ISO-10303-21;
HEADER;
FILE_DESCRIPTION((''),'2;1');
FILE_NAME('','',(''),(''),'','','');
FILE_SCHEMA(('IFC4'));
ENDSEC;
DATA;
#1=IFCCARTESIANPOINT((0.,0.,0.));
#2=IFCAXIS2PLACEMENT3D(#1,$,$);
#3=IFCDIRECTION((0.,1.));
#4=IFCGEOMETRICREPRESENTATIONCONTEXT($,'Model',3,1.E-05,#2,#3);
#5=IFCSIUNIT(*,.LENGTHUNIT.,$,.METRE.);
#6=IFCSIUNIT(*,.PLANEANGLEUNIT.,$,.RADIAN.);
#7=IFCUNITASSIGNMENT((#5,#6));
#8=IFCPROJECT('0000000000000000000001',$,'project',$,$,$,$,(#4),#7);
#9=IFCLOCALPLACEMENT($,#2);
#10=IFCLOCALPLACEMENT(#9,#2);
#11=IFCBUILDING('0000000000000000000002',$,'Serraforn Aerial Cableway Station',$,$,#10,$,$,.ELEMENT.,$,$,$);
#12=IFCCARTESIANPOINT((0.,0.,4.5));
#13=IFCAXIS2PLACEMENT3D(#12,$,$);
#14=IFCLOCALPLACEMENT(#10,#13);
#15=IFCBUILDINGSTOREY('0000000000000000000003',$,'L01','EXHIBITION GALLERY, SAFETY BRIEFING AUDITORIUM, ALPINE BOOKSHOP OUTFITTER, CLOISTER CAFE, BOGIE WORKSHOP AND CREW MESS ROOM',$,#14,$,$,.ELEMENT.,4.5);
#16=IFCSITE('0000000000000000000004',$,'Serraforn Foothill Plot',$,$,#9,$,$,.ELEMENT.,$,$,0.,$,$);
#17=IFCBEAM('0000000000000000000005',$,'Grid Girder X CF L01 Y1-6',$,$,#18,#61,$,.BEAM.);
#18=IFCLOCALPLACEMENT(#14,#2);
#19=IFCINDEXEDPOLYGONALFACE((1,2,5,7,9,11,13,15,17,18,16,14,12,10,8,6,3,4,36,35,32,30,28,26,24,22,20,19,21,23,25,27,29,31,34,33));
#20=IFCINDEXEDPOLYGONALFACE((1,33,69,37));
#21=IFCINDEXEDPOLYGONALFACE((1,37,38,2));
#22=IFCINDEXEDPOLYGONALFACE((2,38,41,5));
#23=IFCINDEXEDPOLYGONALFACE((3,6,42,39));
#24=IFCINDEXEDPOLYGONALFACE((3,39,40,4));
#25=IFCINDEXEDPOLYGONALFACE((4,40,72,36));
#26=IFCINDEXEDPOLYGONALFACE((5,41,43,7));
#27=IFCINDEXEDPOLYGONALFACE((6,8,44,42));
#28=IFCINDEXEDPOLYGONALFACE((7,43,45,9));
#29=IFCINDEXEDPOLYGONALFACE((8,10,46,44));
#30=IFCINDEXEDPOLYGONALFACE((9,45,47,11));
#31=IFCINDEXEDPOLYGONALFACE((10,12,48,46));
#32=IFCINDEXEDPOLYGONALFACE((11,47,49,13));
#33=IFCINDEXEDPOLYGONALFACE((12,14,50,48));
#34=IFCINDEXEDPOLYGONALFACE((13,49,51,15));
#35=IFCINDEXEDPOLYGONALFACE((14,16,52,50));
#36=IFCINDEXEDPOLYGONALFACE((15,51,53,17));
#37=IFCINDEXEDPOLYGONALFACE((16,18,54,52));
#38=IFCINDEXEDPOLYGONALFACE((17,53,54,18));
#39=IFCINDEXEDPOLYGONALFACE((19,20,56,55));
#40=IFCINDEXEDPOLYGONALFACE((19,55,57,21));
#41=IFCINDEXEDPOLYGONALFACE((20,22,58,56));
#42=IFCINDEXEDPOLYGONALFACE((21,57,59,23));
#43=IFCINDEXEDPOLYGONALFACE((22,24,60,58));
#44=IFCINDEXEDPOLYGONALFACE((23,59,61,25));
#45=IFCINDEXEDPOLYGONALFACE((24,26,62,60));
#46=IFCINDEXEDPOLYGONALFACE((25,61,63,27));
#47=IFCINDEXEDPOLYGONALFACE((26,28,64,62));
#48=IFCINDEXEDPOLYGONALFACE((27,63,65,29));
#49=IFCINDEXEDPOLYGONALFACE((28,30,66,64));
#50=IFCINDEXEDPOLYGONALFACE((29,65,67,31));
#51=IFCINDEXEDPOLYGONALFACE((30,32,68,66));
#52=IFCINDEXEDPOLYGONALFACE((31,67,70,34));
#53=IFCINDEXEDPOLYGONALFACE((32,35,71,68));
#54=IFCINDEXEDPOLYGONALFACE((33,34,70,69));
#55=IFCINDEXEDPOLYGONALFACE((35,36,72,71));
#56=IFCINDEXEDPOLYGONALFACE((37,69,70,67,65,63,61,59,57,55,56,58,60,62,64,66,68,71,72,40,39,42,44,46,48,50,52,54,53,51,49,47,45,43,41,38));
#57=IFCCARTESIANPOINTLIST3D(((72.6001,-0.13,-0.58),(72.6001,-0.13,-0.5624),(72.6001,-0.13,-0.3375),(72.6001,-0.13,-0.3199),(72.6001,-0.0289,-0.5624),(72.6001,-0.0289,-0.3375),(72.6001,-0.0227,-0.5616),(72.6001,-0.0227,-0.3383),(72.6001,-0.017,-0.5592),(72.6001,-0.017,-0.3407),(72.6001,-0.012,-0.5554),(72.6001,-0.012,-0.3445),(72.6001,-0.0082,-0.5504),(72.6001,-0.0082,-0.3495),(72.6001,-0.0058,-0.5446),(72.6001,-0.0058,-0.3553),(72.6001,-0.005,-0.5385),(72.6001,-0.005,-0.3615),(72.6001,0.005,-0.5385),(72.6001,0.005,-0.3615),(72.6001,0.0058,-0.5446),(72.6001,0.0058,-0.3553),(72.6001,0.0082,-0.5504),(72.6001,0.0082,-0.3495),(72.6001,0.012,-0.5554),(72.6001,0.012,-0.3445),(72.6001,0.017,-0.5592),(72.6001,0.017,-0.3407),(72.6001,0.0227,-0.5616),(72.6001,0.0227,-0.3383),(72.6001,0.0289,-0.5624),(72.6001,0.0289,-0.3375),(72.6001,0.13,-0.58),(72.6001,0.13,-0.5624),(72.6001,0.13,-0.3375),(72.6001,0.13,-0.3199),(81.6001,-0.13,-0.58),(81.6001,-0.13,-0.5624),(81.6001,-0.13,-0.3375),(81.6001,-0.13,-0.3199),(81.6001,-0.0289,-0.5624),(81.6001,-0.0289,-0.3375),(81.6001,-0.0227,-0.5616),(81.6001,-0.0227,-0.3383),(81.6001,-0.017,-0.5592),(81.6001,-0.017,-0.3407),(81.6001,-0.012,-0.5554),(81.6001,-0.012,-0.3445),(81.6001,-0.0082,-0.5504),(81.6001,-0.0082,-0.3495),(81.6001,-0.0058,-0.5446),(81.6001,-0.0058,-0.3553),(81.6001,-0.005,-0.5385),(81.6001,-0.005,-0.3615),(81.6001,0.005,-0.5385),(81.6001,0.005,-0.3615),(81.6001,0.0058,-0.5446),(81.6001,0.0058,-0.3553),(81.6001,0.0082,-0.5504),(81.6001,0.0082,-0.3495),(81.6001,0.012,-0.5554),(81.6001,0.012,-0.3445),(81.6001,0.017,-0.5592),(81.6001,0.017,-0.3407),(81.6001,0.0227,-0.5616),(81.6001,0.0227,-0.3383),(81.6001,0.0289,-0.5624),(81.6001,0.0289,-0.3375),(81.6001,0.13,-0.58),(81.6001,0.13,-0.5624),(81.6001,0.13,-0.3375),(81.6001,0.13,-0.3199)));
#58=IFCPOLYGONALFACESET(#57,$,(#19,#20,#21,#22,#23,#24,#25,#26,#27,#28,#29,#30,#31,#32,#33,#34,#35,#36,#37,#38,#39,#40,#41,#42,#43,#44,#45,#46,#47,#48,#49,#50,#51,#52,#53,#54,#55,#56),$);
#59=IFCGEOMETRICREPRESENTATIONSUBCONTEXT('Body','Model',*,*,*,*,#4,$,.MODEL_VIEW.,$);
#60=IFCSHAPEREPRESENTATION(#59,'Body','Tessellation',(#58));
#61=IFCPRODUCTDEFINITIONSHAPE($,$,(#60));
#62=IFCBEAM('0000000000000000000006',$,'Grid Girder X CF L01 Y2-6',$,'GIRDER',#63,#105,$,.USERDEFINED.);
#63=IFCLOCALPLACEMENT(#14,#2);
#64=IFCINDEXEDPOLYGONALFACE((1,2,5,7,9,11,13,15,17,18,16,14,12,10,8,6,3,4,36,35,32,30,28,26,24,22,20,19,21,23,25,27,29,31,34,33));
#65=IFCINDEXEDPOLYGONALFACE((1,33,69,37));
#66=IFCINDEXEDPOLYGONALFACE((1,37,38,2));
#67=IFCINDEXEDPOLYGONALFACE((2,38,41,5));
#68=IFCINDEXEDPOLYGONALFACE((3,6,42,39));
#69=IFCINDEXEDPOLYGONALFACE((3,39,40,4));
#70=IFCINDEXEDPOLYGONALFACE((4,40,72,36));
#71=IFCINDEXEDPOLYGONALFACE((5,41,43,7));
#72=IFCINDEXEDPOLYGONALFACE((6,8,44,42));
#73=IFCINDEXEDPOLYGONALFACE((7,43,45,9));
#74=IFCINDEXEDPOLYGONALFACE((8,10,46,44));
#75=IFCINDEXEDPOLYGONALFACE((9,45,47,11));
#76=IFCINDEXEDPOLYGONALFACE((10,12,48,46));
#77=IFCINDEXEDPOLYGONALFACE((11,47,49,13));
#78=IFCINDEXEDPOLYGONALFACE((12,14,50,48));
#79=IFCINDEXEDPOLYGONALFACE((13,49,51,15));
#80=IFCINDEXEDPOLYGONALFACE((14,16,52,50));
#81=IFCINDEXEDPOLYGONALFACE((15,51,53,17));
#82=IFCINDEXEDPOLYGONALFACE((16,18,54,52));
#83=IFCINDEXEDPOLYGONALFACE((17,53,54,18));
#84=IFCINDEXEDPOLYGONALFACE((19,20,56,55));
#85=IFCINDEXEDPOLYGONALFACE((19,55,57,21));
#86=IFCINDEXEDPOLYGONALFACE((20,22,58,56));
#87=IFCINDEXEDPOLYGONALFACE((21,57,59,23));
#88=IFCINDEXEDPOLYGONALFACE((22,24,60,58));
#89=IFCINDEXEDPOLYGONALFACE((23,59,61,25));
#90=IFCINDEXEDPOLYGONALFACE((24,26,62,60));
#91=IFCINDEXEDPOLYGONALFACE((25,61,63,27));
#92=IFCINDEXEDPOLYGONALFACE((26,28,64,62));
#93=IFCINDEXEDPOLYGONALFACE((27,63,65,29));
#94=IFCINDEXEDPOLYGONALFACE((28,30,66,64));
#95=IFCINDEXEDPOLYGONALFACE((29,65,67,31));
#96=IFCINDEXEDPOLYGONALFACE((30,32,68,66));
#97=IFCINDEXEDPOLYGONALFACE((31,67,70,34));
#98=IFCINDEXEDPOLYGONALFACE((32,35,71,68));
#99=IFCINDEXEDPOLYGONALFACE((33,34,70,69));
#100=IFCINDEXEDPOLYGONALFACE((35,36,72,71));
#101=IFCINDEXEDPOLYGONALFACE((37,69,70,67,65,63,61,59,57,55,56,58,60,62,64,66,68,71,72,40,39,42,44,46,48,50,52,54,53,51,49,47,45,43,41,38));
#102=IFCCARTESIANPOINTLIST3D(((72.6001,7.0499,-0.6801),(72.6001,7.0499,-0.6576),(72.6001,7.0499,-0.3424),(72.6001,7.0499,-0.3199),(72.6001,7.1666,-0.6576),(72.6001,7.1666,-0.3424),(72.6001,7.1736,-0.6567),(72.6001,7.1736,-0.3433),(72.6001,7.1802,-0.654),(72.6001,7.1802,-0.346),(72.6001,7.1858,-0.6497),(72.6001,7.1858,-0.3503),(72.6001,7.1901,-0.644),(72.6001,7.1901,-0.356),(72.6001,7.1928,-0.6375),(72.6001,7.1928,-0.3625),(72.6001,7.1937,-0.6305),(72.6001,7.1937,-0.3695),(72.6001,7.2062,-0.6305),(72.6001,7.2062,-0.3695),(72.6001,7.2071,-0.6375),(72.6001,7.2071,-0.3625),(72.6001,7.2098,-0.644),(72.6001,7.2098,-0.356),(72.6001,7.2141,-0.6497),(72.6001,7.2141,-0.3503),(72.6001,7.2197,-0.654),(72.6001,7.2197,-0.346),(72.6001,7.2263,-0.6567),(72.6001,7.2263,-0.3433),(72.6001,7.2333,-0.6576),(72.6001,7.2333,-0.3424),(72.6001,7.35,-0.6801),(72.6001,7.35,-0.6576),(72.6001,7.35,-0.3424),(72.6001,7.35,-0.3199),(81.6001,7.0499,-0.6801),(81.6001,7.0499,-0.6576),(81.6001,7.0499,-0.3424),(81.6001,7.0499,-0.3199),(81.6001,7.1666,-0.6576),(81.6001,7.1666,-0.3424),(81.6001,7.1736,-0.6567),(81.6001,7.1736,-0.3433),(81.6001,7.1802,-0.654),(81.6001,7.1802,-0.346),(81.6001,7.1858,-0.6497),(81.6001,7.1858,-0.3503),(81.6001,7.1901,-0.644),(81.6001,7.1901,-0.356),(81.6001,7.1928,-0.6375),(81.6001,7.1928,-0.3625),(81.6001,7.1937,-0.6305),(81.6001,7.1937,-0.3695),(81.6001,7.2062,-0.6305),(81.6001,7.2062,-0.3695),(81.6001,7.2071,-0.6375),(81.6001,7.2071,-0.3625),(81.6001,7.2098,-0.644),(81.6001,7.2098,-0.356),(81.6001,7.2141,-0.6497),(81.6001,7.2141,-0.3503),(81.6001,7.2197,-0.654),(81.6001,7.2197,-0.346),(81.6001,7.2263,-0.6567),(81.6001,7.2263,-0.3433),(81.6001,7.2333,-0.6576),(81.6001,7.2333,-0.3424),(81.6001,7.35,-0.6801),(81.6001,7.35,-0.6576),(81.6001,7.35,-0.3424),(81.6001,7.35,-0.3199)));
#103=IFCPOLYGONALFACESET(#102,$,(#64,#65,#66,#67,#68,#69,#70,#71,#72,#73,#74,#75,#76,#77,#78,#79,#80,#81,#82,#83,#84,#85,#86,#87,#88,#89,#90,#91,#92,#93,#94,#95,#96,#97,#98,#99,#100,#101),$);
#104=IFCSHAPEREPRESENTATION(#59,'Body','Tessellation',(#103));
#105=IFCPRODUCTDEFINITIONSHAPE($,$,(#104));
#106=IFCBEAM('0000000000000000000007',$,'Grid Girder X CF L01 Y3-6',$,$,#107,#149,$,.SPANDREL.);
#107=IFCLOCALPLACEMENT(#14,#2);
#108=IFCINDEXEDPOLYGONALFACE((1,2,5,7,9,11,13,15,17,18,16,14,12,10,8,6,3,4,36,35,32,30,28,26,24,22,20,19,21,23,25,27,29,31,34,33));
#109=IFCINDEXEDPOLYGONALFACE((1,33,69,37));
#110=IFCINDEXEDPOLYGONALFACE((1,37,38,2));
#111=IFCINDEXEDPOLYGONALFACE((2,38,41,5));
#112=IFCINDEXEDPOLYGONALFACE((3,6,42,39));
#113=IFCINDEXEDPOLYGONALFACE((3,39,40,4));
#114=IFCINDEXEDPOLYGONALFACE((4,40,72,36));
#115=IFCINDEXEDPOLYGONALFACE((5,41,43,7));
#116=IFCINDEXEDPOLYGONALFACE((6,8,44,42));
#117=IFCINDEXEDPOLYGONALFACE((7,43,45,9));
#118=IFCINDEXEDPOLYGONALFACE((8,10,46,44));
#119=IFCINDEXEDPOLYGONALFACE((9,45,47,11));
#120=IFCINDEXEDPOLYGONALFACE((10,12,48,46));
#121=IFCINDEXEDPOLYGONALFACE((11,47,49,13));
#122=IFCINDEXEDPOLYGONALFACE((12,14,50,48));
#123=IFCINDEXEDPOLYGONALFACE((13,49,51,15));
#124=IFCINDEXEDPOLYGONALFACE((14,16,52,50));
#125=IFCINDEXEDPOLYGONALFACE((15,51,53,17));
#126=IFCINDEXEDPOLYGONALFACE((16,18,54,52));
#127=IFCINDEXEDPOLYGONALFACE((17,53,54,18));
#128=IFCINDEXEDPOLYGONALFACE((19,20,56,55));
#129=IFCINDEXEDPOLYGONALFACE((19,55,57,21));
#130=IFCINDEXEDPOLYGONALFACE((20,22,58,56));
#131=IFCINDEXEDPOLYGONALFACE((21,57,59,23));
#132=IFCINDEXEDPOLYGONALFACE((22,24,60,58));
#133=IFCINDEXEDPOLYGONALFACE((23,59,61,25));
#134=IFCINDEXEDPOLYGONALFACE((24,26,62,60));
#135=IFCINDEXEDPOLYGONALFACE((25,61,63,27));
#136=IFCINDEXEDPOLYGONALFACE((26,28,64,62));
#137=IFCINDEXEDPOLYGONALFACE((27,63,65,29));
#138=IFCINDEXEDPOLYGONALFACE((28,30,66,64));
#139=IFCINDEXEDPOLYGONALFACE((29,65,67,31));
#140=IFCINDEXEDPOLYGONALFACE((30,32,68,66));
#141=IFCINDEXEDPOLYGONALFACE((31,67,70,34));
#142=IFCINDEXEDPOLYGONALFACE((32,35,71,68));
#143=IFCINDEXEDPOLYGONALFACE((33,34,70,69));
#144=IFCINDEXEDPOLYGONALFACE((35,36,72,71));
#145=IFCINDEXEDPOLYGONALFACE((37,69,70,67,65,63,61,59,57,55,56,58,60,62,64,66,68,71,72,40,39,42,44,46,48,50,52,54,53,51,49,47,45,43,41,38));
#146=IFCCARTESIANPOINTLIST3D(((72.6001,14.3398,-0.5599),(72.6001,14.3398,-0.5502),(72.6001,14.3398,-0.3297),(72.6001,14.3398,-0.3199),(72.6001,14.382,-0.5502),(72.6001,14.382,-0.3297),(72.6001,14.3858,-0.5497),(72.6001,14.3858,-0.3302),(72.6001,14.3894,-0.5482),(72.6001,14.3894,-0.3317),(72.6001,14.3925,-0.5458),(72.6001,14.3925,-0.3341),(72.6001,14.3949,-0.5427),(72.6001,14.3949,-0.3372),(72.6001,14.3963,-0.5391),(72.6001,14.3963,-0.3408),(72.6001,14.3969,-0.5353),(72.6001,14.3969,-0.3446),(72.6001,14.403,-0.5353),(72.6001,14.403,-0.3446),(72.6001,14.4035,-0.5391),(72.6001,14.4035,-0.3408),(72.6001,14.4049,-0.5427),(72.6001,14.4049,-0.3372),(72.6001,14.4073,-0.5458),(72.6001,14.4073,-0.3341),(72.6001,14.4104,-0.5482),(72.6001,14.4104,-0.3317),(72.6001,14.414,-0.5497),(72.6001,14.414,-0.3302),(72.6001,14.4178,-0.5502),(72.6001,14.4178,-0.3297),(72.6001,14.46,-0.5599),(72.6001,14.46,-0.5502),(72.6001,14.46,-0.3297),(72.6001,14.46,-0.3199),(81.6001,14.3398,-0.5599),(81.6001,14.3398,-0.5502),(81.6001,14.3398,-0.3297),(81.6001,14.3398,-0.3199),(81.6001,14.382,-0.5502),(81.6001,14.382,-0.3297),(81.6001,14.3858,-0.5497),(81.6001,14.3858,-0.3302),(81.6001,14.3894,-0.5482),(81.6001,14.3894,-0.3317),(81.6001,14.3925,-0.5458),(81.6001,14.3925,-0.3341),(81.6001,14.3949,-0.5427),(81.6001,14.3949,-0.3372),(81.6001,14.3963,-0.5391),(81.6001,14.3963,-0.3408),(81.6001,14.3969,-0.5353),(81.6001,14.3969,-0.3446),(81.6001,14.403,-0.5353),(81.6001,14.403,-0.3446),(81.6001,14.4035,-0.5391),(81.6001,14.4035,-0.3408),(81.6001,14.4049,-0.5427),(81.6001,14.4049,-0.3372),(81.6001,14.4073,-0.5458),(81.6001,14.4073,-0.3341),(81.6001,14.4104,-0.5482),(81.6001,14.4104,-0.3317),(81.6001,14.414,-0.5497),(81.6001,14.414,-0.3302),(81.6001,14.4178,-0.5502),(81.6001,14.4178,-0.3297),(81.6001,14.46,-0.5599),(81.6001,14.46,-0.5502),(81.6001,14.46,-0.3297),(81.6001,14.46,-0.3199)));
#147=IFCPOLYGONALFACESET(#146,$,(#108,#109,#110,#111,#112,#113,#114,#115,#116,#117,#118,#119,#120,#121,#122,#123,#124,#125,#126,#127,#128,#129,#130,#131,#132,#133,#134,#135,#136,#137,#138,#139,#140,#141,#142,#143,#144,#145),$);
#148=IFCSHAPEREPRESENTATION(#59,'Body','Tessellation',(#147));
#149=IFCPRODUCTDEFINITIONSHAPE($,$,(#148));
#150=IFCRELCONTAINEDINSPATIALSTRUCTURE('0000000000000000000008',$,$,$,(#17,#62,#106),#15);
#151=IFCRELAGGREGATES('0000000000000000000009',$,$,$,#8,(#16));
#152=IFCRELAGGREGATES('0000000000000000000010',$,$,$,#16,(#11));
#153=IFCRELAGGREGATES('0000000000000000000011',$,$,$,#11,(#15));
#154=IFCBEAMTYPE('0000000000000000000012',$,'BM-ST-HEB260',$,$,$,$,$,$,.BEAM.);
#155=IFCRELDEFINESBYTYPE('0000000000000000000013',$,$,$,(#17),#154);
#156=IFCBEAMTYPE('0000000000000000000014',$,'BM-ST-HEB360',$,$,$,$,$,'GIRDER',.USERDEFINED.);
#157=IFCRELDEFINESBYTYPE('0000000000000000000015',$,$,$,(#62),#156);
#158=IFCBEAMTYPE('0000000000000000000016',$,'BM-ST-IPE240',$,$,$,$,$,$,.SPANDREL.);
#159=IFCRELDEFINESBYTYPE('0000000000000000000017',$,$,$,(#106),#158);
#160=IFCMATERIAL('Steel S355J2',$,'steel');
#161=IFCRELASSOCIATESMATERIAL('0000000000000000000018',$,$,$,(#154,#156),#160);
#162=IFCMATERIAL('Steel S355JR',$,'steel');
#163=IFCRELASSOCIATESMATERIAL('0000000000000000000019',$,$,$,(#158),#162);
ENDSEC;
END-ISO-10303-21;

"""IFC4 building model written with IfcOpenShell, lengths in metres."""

from ifc_helpers import new_model, si_unit, direction, frame, origin, origin_2d, place, context, subcontext, project, spatial, i_section, extrude, material, material_profile, profile_set, type_object, element, save


model = new_model("IFC4")

# Units and contexts
model_context = context("Model", 3, precision=1e-05, world=origin(), true_north=direction((0.0, 1.0)))
body_context = subcontext(model_context, "Body", "Model", "MODEL_VIEW")
ifc_project = project(units=[si_unit("LENGTHUNIT", "METRE"), si_unit("PLANEANGLEUNIT", "RADIAN")], contexts=[model_context])

# Site, building, storey
site_placement = place(None, origin())
site = spatial("IfcSite", under=ifc_project, at=site_placement, Name="Serraforn Foothill Plot", CompositionType="ELEMENT", RefElevation=0.0)
building_placement = place(site_placement, origin())
building = spatial("IfcBuilding", under=site, at=building_placement, Name="Serraforn Aerial Cableway Station", CompositionType="ELEMENT")
storey_placement = place(building_placement, frame((0.0, 0.0, 4.5)))
storey = spatial("IfcBuildingStorey", under=building, at=storey_placement, Name="L01", Description="EXHIBITION GALLERY, SAFETY BRIEFING AUDITORIUM, ALPINE BOOKSHOP OUTFITTER, CLOISTER CAFE, BOGIE WORKSHOP AND CREW MESS ROOM", CompositionType="ELEMENT", Elevation=4.5)

# Beams
ifc_material_1 = material(Name="Steel S355J2", Category="steel")
ifc_material_profile_1 = material_profile(ifc_material_1, i_section(OverallWidth=0.26, OverallDepth=0.26, WebThickness=0.01, FlangeThickness=0.0176, FilletRadius=0.0239, at=origin_2d()), Name="HEB 260")
ifc_profile_set_1 = profile_set([ifc_material_profile_1], Name="Steel S355J2")
beam_type_1 = type_object("IfcBeamType", Name="BM-ST-HEB260", PredefinedType="BEAM", material=ifc_profile_set_1)
beam_1_placement = place(storey_placement, frame((72.6001, 0.0, -0.45), z_axis=(1.0, 0.0, 0.0), x_axis=(0.0, 1.0, 0.0)))
element("IfcBeam", 1, at=beam_1_placement, inside=storey, type_object=beam_type_1, Name="Grid Girder X CF L01 Y1-6", PredefinedType="BEAM", context=body_context, shape_type="SweptSolid", body=[
    extrude(i_section(OverallWidth=0.26, OverallDepth=0.26, WebThickness=0.01, FlangeThickness=0.0176, FilletRadius=0.0239, at=origin_2d()), origin(), (0.0, 0.0, 1.0), 9.0),
])
ifc_material_profile_2 = material_profile(ifc_material_1, i_section(OverallWidth=0.3, OverallDepth=0.3601, WebThickness=0.0125, FlangeThickness=0.0225, FilletRadius=0.0271, at=origin_2d()), Name="HEB 360")
ifc_profile_set_2 = profile_set([ifc_material_profile_2], Name="Steel S355J2")
beam_type_2 = type_object("IfcBeamType", Name="BM-ST-HEB360", ElementType="GIRDER", PredefinedType="USERDEFINED", material=ifc_profile_set_2)
beam_2_placement = place(storey_placement, frame((72.6001, 7.2, -0.5), z_axis=(1.0, 0.0, 0.0), x_axis=(0.0, 1.0, 0.0)))
element("IfcBeam", 2, at=beam_2_placement, inside=storey, type_object=beam_type_2, Name="Grid Girder X CF L01 Y2-6", ObjectType="GIRDER", PredefinedType="USERDEFINED", context=body_context, shape_type="SweptSolid", body=[
    extrude(i_section(OverallWidth=0.3, OverallDepth=0.3601, WebThickness=0.0125, FlangeThickness=0.0225, FilletRadius=0.0271, at=origin_2d()), origin(), (0.0, 0.0, 1.0), 9.0),
])
ifc_material_2 = material(Name="Steel S355JR", Category="steel")
ifc_material_profile_3 = material_profile(ifc_material_2, i_section(OverallWidth=0.1201, OverallDepth=0.24, WebThickness=0.0061, FlangeThickness=0.0098, FilletRadius=0.0149, at=origin_2d()), Name="IPE 240")
ifc_profile_set_3 = profile_set([ifc_material_profile_3], Name="Steel S355JR")
beam_type_3 = type_object("IfcBeamType", Name="BM-ST-IPE240", PredefinedType="SPANDREL", material=ifc_profile_set_3)
beam_3_placement = place(storey_placement, frame((72.6001, 14.3999, -0.4399), z_axis=(1.0, 0.0, 0.0), x_axis=(0.0, 1.0, 0.0)))
element("IfcBeam", 3, at=beam_3_placement, inside=storey, type_object=beam_type_3, Name="Grid Girder X CF L01 Y3-6", PredefinedType="SPANDREL", context=body_context, shape_type="SweptSolid", body=[
    extrude(i_section(OverallWidth=0.1201, OverallDepth=0.24, WebThickness=0.0061, FlangeThickness=0.0098, FilletRadius=0.0149, at=origin_2d()), origin(), (0.0, 0.0, 1.0), 9.0),
])

save(model, "model.ifc")
